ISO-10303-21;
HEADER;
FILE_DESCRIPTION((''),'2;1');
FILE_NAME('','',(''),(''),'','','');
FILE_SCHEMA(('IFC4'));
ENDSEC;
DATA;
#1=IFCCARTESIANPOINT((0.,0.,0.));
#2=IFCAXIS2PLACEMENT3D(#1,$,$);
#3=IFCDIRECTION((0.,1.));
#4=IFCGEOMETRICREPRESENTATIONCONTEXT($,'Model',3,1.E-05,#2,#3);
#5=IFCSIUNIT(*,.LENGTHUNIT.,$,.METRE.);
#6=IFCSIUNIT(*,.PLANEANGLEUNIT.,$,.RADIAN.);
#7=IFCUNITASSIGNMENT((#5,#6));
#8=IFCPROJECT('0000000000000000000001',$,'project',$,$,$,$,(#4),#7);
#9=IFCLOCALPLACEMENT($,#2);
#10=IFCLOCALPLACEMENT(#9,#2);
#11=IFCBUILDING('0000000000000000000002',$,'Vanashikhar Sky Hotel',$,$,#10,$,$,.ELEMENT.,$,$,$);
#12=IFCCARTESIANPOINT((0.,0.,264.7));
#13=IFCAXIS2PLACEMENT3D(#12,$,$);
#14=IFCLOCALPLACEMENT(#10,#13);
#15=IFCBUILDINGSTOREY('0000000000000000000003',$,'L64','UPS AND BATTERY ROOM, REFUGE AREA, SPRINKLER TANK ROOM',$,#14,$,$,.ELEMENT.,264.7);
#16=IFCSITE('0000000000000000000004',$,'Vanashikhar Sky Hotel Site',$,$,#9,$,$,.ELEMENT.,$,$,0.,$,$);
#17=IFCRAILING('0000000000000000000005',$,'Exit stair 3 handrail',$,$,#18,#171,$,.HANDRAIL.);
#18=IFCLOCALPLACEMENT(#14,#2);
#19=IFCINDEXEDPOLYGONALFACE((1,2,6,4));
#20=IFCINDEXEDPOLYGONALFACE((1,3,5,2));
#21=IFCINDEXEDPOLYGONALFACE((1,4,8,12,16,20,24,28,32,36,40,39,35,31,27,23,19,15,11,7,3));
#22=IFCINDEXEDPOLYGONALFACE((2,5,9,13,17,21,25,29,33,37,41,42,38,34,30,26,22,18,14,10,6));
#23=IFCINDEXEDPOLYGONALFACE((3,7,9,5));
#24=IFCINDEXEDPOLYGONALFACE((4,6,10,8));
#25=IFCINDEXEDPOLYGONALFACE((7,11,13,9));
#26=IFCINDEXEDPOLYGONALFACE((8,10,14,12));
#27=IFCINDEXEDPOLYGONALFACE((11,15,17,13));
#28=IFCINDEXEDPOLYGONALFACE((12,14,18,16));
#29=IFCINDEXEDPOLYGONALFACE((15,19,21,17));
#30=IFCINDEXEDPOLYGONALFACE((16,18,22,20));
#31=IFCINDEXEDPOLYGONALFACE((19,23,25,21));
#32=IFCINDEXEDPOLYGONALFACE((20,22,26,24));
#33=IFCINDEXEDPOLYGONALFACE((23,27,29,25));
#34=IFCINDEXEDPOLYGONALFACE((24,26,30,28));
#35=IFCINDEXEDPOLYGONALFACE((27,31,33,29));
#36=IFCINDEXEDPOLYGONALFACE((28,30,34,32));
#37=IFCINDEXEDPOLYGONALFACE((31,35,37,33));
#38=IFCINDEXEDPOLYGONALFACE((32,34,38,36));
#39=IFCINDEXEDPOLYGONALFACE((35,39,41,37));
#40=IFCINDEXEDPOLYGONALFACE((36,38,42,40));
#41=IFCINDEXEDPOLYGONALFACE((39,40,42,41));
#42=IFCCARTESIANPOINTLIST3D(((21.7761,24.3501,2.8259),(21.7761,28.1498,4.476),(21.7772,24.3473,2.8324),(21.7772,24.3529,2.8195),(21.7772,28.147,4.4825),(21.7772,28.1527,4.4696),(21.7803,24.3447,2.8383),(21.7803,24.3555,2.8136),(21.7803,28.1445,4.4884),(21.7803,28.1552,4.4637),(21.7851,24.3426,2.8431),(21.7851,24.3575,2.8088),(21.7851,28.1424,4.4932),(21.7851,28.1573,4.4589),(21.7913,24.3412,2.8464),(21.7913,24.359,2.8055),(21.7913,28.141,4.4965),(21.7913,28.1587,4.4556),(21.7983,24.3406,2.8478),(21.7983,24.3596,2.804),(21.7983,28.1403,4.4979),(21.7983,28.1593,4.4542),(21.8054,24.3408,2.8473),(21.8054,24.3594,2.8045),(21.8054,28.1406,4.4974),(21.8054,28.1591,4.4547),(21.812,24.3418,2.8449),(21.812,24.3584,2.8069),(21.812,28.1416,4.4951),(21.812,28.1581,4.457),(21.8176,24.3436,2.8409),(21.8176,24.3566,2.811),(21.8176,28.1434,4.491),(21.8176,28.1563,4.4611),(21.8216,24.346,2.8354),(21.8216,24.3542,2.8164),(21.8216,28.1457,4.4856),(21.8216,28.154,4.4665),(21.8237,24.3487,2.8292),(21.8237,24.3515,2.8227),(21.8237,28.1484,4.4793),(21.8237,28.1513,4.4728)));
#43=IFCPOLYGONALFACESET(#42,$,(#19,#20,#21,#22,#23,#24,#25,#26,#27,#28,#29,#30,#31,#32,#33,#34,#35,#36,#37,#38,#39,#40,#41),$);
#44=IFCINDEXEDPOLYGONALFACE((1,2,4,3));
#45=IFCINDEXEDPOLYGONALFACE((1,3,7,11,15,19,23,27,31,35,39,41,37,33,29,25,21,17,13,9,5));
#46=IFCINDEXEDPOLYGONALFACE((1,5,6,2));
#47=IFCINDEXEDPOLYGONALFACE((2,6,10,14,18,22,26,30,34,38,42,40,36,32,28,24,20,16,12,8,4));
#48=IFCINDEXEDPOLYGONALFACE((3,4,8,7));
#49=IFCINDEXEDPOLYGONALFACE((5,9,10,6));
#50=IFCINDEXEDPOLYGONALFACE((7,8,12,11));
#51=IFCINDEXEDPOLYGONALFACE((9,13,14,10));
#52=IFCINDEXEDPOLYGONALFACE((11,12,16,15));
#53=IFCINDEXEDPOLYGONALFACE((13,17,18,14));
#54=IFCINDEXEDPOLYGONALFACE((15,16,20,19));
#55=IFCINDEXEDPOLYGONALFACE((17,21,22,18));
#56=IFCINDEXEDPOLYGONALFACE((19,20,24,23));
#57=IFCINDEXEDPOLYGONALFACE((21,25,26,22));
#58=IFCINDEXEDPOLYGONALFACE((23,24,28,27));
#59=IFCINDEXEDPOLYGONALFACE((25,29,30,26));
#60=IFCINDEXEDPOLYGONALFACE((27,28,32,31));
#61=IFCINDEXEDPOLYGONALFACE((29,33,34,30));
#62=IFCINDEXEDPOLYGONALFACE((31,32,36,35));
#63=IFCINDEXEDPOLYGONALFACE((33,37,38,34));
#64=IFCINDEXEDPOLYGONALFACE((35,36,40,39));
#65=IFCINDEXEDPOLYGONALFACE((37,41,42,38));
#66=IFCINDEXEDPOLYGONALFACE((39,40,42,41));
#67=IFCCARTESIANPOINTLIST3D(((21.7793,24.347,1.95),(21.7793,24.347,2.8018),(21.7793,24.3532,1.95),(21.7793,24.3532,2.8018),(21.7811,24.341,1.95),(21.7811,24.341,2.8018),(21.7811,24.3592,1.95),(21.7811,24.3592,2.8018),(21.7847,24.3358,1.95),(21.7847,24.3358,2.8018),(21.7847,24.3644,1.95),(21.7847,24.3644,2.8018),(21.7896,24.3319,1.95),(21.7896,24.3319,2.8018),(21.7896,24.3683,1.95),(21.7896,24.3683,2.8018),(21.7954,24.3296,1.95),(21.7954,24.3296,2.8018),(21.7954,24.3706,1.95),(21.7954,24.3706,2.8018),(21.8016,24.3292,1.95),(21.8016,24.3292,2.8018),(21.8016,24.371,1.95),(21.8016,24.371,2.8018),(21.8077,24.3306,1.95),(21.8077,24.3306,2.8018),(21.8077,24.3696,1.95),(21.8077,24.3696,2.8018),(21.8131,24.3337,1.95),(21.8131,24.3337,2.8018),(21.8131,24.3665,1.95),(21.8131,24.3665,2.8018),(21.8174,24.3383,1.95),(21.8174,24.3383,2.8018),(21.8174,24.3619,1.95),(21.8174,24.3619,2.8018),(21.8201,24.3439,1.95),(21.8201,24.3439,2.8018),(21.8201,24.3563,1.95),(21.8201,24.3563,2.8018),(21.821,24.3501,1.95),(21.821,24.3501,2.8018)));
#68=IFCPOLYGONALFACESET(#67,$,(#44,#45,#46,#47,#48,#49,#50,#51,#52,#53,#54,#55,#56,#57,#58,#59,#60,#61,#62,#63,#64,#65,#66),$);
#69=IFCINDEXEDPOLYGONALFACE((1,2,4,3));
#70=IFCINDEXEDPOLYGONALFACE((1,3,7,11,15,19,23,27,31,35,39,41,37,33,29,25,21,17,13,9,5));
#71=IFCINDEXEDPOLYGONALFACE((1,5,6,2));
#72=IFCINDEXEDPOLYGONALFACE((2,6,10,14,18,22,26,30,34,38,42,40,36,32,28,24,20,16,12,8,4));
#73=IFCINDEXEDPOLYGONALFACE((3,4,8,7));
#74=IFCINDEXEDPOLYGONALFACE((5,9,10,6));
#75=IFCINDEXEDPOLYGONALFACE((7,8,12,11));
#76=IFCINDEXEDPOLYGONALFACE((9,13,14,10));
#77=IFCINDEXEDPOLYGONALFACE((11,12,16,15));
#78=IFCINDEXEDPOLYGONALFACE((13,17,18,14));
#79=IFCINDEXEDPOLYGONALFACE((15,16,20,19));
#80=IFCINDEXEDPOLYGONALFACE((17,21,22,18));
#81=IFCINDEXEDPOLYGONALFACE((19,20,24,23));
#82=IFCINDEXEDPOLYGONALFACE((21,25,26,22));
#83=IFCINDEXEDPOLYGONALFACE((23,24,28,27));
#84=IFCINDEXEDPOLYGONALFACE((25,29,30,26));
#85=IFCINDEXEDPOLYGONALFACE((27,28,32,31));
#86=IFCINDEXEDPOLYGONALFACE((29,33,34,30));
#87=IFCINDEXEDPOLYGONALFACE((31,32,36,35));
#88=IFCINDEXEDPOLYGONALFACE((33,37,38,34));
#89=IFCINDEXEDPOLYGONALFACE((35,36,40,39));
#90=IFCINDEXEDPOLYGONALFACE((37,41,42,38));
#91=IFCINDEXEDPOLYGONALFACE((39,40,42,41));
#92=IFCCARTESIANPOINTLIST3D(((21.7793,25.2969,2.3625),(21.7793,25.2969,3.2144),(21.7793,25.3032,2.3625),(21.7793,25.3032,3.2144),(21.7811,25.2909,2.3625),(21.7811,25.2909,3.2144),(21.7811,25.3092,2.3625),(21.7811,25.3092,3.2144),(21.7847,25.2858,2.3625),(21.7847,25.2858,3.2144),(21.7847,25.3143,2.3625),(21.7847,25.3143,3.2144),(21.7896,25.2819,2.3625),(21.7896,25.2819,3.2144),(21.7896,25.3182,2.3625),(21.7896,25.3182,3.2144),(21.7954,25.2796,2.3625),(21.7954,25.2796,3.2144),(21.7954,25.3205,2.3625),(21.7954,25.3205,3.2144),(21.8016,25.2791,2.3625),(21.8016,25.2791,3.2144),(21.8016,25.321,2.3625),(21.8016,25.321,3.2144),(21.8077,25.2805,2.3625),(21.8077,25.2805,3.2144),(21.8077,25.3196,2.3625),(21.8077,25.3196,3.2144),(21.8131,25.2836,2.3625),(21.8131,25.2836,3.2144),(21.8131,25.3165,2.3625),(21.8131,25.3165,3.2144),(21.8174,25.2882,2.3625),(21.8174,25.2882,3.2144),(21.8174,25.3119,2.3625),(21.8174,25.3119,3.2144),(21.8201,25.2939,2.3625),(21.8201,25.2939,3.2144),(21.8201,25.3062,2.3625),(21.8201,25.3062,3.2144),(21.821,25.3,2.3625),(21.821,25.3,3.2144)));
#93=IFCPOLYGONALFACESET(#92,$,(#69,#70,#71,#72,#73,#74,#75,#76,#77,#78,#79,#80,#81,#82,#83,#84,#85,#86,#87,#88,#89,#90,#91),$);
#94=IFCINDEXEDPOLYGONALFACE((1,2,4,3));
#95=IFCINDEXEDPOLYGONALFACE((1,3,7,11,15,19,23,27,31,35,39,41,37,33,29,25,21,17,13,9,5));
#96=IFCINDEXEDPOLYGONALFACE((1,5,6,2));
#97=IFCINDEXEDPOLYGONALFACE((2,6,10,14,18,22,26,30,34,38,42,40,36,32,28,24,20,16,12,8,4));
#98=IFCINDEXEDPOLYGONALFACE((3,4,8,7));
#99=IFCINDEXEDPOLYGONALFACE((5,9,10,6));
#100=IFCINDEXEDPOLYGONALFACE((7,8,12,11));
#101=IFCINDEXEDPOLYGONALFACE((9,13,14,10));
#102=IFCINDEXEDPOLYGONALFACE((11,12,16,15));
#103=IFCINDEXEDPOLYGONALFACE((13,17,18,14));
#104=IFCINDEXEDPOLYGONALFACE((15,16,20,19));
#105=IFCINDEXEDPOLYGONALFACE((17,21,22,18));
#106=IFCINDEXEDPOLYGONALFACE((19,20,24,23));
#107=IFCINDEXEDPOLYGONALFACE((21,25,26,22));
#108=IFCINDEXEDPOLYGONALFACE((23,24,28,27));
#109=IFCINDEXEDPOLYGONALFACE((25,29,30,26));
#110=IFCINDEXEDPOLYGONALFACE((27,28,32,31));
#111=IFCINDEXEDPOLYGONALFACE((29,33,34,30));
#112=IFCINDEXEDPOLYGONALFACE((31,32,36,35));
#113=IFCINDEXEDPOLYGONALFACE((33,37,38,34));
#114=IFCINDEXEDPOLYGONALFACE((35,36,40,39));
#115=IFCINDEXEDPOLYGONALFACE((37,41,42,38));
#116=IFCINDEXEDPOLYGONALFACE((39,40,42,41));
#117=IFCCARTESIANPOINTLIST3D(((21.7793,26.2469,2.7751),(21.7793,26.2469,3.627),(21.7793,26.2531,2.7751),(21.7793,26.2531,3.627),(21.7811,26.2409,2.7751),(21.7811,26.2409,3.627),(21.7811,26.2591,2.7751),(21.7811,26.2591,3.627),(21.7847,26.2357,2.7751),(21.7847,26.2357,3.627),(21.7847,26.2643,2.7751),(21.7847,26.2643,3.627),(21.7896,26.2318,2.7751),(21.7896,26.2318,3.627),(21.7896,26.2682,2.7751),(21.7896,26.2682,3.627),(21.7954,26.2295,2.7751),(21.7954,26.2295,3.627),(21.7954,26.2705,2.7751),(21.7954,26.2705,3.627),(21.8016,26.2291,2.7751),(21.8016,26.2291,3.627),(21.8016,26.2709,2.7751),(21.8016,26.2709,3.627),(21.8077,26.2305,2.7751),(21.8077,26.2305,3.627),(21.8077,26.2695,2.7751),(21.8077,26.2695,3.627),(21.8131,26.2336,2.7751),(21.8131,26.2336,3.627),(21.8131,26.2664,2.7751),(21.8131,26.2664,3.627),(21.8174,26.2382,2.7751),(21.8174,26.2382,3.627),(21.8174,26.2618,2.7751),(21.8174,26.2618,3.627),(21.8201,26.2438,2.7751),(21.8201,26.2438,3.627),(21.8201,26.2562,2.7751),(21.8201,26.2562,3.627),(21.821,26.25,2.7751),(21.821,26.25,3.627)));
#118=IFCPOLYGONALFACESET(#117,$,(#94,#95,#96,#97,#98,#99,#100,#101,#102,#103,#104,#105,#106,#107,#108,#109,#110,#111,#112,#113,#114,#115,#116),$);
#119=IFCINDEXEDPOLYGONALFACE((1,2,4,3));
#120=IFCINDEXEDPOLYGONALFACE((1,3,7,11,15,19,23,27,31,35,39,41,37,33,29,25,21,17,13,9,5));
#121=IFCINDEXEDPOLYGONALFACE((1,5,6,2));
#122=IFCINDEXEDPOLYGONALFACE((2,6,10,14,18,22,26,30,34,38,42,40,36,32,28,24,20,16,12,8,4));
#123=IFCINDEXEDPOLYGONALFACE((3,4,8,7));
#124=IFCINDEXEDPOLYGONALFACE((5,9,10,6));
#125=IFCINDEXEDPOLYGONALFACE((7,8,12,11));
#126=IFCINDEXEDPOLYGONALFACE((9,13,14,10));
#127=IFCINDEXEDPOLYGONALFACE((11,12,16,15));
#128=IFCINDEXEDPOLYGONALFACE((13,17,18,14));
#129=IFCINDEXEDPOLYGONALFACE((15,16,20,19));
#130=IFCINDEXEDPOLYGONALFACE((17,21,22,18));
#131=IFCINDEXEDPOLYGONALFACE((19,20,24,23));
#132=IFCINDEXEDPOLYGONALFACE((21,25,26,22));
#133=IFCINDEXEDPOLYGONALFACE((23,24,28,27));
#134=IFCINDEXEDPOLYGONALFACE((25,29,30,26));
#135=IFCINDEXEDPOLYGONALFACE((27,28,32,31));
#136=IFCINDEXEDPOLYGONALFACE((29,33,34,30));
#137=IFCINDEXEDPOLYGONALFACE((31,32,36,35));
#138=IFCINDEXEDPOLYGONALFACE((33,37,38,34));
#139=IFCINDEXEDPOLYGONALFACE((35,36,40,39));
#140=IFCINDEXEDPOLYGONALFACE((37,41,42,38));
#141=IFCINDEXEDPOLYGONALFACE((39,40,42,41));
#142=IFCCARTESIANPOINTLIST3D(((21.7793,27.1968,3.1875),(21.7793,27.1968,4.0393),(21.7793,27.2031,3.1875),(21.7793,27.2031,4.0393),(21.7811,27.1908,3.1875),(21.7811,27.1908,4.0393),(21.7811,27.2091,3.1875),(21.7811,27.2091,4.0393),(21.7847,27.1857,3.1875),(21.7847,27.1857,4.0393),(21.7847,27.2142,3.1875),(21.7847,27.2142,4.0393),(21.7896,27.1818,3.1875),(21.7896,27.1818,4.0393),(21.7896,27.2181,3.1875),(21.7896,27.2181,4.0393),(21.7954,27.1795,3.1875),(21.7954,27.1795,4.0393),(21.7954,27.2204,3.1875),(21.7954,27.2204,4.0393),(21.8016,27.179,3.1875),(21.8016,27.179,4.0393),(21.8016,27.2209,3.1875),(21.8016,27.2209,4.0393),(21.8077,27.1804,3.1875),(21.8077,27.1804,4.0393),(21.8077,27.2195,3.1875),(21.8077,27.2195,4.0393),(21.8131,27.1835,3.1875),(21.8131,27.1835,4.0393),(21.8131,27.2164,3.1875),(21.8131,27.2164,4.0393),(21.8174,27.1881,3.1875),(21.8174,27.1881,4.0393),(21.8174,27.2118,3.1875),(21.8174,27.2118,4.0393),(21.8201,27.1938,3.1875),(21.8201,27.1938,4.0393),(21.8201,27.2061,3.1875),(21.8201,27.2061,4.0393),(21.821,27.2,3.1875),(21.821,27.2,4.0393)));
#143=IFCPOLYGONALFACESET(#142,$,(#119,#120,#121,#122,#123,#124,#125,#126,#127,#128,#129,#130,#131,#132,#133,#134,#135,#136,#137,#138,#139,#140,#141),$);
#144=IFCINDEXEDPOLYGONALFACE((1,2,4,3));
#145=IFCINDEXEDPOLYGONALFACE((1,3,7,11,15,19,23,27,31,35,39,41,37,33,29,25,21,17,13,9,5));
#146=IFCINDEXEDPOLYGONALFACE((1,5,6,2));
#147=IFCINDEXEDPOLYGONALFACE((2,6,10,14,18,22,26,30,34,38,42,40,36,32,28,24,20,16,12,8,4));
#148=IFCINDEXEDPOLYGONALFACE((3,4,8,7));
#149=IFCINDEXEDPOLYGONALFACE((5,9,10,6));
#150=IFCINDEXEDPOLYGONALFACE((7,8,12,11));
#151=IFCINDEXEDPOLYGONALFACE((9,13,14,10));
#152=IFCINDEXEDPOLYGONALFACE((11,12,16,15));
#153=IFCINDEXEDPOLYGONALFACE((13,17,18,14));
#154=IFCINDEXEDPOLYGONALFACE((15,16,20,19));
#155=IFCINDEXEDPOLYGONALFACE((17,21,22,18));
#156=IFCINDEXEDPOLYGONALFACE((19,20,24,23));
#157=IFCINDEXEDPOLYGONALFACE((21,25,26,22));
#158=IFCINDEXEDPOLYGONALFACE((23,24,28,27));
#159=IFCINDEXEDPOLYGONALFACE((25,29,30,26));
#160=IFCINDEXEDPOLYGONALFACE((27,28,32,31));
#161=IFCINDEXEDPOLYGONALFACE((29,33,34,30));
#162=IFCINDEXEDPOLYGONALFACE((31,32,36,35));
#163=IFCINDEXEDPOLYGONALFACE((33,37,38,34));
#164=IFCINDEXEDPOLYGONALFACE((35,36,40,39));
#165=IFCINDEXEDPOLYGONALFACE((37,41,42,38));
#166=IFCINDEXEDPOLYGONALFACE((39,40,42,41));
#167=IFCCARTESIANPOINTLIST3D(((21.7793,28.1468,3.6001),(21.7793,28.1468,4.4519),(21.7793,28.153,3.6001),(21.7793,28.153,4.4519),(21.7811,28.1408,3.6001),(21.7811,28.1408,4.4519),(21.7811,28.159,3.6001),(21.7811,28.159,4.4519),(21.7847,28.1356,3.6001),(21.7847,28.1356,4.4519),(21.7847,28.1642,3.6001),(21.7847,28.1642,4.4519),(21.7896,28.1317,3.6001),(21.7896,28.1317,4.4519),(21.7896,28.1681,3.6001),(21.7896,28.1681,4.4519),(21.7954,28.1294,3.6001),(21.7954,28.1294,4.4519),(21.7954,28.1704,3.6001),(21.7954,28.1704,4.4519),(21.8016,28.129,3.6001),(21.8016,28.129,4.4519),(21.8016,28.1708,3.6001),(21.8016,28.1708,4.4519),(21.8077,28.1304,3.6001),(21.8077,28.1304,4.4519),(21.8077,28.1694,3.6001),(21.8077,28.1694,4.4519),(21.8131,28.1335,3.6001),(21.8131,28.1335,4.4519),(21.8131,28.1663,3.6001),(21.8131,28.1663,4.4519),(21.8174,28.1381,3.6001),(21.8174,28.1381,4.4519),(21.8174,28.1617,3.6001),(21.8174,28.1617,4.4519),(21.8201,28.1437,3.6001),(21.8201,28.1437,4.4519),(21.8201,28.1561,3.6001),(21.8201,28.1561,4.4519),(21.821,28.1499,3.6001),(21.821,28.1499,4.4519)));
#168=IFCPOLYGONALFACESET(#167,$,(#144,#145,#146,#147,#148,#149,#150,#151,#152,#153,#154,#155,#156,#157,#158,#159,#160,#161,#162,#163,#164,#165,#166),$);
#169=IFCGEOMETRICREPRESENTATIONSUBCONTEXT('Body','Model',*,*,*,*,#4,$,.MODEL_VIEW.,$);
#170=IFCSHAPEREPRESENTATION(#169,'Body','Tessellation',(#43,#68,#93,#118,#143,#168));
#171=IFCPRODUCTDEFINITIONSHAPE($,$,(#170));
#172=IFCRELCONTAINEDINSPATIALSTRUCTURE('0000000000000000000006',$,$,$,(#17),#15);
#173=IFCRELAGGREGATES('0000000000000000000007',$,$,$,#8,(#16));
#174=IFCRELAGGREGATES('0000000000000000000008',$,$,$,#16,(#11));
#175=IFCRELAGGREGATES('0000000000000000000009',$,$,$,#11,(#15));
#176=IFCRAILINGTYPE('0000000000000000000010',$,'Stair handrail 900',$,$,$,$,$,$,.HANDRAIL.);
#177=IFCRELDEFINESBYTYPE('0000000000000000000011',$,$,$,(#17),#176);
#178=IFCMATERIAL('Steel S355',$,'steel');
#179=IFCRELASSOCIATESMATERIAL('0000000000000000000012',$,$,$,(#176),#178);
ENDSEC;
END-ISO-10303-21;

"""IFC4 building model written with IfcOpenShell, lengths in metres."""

from ifc_helpers import new_model, si_unit, direction, frame, origin, origin_2d, place, context, subcontext, project, spatial, circle, extrude, source, transform, mapped, material, type_object, element, save


model = new_model("IFC4")

# Units and contexts
model_context = context("Model", 3, precision=1e-05, world=origin(), true_north=direction((0.0, 1.0)))
body_context = subcontext(model_context, "Body", "Model", "MODEL_VIEW")
ifc_project = project(units=[si_unit("LENGTHUNIT", "METRE"), si_unit("PLANEANGLEUNIT", "RADIAN")], contexts=[model_context])

# Site, building, storey
site_placement = place(None, origin())
site = spatial("IfcSite", under=ifc_project, at=site_placement, Name="Vanashikhar Sky Hotel Site", CompositionType="ELEMENT", RefElevation=0.0)
building_placement = place(site_placement, origin())
building = spatial("IfcBuilding", under=site, at=building_placement, Name="Vanashikhar Sky Hotel", CompositionType="ELEMENT")
storey_placement = place(building_placement, frame((0.0, 0.0, 264.7)))
storey = spatial("IfcBuildingStorey", under=building, at=storey_placement, Name="L64", Description="UPS AND BATTERY ROOM, REFUGE AREA, SPRINKLER TANK ROOM", CompositionType="ELEMENT", Elevation=264.7)

# Railing
ifc_material_1 = material(Name="Steel S355", Category="steel")
railing_type = type_object("IfcRailingType", Name="Stair handrail 900", PredefinedType="HANDRAIL", material=ifc_material_1)
shared_shape_1 = source(origin(), body_context, "Body", "SweptSolid", [
    extrude(circle(Radius=0.0239, at=origin_2d()), frame((0.0, 0.0, 0.876), z_axis=(0.0, 0.917241, 0.398332), x_axis=(-1.0, 0.0, 0.0)), (0.0, 0.0, 1.0), 4.1426),
    extrude(circle(Radius=0.021, at=origin_2d()), origin(), (0.0, 0.0, 1.0), 0.8518),
    extrude(circle(Radius=0.021, at=origin_2d()), frame((0.0, 0.95, 0.4126)), (0.0, 0.0, 1.0), 0.8518),
    extrude(circle(Radius=0.021, at=origin_2d()), frame((0.0, 1.8999, 0.8252)), (0.0, 0.0, 1.0), 0.8518),
    extrude(circle(Radius=0.021, at=origin_2d()), frame((0.0, 2.8499, 1.2375)), (0.0, 0.0, 1.0), 0.8518),
    extrude(circle(Radius=0.021, at=origin_2d()), frame((0.0, 3.7998, 1.6501)), (0.0, 0.0, 1.0), 0.8518),
])
railing_1_placement = place(storey_placement, frame((21.8, 24.3501, 1.95)))
element("IfcRailing", 1, at=railing_1_placement, inside=storey, type_object=railing_type, Name="Exit stair 3 handrail", PredefinedType="HANDRAIL", context=body_context, shape_type="MappedRepresentation", body=[
    mapped(shared_shape_1, transform((0.0, 0.0, 0.0), scale=1.0)),
])

save(model, "model.ifc")
